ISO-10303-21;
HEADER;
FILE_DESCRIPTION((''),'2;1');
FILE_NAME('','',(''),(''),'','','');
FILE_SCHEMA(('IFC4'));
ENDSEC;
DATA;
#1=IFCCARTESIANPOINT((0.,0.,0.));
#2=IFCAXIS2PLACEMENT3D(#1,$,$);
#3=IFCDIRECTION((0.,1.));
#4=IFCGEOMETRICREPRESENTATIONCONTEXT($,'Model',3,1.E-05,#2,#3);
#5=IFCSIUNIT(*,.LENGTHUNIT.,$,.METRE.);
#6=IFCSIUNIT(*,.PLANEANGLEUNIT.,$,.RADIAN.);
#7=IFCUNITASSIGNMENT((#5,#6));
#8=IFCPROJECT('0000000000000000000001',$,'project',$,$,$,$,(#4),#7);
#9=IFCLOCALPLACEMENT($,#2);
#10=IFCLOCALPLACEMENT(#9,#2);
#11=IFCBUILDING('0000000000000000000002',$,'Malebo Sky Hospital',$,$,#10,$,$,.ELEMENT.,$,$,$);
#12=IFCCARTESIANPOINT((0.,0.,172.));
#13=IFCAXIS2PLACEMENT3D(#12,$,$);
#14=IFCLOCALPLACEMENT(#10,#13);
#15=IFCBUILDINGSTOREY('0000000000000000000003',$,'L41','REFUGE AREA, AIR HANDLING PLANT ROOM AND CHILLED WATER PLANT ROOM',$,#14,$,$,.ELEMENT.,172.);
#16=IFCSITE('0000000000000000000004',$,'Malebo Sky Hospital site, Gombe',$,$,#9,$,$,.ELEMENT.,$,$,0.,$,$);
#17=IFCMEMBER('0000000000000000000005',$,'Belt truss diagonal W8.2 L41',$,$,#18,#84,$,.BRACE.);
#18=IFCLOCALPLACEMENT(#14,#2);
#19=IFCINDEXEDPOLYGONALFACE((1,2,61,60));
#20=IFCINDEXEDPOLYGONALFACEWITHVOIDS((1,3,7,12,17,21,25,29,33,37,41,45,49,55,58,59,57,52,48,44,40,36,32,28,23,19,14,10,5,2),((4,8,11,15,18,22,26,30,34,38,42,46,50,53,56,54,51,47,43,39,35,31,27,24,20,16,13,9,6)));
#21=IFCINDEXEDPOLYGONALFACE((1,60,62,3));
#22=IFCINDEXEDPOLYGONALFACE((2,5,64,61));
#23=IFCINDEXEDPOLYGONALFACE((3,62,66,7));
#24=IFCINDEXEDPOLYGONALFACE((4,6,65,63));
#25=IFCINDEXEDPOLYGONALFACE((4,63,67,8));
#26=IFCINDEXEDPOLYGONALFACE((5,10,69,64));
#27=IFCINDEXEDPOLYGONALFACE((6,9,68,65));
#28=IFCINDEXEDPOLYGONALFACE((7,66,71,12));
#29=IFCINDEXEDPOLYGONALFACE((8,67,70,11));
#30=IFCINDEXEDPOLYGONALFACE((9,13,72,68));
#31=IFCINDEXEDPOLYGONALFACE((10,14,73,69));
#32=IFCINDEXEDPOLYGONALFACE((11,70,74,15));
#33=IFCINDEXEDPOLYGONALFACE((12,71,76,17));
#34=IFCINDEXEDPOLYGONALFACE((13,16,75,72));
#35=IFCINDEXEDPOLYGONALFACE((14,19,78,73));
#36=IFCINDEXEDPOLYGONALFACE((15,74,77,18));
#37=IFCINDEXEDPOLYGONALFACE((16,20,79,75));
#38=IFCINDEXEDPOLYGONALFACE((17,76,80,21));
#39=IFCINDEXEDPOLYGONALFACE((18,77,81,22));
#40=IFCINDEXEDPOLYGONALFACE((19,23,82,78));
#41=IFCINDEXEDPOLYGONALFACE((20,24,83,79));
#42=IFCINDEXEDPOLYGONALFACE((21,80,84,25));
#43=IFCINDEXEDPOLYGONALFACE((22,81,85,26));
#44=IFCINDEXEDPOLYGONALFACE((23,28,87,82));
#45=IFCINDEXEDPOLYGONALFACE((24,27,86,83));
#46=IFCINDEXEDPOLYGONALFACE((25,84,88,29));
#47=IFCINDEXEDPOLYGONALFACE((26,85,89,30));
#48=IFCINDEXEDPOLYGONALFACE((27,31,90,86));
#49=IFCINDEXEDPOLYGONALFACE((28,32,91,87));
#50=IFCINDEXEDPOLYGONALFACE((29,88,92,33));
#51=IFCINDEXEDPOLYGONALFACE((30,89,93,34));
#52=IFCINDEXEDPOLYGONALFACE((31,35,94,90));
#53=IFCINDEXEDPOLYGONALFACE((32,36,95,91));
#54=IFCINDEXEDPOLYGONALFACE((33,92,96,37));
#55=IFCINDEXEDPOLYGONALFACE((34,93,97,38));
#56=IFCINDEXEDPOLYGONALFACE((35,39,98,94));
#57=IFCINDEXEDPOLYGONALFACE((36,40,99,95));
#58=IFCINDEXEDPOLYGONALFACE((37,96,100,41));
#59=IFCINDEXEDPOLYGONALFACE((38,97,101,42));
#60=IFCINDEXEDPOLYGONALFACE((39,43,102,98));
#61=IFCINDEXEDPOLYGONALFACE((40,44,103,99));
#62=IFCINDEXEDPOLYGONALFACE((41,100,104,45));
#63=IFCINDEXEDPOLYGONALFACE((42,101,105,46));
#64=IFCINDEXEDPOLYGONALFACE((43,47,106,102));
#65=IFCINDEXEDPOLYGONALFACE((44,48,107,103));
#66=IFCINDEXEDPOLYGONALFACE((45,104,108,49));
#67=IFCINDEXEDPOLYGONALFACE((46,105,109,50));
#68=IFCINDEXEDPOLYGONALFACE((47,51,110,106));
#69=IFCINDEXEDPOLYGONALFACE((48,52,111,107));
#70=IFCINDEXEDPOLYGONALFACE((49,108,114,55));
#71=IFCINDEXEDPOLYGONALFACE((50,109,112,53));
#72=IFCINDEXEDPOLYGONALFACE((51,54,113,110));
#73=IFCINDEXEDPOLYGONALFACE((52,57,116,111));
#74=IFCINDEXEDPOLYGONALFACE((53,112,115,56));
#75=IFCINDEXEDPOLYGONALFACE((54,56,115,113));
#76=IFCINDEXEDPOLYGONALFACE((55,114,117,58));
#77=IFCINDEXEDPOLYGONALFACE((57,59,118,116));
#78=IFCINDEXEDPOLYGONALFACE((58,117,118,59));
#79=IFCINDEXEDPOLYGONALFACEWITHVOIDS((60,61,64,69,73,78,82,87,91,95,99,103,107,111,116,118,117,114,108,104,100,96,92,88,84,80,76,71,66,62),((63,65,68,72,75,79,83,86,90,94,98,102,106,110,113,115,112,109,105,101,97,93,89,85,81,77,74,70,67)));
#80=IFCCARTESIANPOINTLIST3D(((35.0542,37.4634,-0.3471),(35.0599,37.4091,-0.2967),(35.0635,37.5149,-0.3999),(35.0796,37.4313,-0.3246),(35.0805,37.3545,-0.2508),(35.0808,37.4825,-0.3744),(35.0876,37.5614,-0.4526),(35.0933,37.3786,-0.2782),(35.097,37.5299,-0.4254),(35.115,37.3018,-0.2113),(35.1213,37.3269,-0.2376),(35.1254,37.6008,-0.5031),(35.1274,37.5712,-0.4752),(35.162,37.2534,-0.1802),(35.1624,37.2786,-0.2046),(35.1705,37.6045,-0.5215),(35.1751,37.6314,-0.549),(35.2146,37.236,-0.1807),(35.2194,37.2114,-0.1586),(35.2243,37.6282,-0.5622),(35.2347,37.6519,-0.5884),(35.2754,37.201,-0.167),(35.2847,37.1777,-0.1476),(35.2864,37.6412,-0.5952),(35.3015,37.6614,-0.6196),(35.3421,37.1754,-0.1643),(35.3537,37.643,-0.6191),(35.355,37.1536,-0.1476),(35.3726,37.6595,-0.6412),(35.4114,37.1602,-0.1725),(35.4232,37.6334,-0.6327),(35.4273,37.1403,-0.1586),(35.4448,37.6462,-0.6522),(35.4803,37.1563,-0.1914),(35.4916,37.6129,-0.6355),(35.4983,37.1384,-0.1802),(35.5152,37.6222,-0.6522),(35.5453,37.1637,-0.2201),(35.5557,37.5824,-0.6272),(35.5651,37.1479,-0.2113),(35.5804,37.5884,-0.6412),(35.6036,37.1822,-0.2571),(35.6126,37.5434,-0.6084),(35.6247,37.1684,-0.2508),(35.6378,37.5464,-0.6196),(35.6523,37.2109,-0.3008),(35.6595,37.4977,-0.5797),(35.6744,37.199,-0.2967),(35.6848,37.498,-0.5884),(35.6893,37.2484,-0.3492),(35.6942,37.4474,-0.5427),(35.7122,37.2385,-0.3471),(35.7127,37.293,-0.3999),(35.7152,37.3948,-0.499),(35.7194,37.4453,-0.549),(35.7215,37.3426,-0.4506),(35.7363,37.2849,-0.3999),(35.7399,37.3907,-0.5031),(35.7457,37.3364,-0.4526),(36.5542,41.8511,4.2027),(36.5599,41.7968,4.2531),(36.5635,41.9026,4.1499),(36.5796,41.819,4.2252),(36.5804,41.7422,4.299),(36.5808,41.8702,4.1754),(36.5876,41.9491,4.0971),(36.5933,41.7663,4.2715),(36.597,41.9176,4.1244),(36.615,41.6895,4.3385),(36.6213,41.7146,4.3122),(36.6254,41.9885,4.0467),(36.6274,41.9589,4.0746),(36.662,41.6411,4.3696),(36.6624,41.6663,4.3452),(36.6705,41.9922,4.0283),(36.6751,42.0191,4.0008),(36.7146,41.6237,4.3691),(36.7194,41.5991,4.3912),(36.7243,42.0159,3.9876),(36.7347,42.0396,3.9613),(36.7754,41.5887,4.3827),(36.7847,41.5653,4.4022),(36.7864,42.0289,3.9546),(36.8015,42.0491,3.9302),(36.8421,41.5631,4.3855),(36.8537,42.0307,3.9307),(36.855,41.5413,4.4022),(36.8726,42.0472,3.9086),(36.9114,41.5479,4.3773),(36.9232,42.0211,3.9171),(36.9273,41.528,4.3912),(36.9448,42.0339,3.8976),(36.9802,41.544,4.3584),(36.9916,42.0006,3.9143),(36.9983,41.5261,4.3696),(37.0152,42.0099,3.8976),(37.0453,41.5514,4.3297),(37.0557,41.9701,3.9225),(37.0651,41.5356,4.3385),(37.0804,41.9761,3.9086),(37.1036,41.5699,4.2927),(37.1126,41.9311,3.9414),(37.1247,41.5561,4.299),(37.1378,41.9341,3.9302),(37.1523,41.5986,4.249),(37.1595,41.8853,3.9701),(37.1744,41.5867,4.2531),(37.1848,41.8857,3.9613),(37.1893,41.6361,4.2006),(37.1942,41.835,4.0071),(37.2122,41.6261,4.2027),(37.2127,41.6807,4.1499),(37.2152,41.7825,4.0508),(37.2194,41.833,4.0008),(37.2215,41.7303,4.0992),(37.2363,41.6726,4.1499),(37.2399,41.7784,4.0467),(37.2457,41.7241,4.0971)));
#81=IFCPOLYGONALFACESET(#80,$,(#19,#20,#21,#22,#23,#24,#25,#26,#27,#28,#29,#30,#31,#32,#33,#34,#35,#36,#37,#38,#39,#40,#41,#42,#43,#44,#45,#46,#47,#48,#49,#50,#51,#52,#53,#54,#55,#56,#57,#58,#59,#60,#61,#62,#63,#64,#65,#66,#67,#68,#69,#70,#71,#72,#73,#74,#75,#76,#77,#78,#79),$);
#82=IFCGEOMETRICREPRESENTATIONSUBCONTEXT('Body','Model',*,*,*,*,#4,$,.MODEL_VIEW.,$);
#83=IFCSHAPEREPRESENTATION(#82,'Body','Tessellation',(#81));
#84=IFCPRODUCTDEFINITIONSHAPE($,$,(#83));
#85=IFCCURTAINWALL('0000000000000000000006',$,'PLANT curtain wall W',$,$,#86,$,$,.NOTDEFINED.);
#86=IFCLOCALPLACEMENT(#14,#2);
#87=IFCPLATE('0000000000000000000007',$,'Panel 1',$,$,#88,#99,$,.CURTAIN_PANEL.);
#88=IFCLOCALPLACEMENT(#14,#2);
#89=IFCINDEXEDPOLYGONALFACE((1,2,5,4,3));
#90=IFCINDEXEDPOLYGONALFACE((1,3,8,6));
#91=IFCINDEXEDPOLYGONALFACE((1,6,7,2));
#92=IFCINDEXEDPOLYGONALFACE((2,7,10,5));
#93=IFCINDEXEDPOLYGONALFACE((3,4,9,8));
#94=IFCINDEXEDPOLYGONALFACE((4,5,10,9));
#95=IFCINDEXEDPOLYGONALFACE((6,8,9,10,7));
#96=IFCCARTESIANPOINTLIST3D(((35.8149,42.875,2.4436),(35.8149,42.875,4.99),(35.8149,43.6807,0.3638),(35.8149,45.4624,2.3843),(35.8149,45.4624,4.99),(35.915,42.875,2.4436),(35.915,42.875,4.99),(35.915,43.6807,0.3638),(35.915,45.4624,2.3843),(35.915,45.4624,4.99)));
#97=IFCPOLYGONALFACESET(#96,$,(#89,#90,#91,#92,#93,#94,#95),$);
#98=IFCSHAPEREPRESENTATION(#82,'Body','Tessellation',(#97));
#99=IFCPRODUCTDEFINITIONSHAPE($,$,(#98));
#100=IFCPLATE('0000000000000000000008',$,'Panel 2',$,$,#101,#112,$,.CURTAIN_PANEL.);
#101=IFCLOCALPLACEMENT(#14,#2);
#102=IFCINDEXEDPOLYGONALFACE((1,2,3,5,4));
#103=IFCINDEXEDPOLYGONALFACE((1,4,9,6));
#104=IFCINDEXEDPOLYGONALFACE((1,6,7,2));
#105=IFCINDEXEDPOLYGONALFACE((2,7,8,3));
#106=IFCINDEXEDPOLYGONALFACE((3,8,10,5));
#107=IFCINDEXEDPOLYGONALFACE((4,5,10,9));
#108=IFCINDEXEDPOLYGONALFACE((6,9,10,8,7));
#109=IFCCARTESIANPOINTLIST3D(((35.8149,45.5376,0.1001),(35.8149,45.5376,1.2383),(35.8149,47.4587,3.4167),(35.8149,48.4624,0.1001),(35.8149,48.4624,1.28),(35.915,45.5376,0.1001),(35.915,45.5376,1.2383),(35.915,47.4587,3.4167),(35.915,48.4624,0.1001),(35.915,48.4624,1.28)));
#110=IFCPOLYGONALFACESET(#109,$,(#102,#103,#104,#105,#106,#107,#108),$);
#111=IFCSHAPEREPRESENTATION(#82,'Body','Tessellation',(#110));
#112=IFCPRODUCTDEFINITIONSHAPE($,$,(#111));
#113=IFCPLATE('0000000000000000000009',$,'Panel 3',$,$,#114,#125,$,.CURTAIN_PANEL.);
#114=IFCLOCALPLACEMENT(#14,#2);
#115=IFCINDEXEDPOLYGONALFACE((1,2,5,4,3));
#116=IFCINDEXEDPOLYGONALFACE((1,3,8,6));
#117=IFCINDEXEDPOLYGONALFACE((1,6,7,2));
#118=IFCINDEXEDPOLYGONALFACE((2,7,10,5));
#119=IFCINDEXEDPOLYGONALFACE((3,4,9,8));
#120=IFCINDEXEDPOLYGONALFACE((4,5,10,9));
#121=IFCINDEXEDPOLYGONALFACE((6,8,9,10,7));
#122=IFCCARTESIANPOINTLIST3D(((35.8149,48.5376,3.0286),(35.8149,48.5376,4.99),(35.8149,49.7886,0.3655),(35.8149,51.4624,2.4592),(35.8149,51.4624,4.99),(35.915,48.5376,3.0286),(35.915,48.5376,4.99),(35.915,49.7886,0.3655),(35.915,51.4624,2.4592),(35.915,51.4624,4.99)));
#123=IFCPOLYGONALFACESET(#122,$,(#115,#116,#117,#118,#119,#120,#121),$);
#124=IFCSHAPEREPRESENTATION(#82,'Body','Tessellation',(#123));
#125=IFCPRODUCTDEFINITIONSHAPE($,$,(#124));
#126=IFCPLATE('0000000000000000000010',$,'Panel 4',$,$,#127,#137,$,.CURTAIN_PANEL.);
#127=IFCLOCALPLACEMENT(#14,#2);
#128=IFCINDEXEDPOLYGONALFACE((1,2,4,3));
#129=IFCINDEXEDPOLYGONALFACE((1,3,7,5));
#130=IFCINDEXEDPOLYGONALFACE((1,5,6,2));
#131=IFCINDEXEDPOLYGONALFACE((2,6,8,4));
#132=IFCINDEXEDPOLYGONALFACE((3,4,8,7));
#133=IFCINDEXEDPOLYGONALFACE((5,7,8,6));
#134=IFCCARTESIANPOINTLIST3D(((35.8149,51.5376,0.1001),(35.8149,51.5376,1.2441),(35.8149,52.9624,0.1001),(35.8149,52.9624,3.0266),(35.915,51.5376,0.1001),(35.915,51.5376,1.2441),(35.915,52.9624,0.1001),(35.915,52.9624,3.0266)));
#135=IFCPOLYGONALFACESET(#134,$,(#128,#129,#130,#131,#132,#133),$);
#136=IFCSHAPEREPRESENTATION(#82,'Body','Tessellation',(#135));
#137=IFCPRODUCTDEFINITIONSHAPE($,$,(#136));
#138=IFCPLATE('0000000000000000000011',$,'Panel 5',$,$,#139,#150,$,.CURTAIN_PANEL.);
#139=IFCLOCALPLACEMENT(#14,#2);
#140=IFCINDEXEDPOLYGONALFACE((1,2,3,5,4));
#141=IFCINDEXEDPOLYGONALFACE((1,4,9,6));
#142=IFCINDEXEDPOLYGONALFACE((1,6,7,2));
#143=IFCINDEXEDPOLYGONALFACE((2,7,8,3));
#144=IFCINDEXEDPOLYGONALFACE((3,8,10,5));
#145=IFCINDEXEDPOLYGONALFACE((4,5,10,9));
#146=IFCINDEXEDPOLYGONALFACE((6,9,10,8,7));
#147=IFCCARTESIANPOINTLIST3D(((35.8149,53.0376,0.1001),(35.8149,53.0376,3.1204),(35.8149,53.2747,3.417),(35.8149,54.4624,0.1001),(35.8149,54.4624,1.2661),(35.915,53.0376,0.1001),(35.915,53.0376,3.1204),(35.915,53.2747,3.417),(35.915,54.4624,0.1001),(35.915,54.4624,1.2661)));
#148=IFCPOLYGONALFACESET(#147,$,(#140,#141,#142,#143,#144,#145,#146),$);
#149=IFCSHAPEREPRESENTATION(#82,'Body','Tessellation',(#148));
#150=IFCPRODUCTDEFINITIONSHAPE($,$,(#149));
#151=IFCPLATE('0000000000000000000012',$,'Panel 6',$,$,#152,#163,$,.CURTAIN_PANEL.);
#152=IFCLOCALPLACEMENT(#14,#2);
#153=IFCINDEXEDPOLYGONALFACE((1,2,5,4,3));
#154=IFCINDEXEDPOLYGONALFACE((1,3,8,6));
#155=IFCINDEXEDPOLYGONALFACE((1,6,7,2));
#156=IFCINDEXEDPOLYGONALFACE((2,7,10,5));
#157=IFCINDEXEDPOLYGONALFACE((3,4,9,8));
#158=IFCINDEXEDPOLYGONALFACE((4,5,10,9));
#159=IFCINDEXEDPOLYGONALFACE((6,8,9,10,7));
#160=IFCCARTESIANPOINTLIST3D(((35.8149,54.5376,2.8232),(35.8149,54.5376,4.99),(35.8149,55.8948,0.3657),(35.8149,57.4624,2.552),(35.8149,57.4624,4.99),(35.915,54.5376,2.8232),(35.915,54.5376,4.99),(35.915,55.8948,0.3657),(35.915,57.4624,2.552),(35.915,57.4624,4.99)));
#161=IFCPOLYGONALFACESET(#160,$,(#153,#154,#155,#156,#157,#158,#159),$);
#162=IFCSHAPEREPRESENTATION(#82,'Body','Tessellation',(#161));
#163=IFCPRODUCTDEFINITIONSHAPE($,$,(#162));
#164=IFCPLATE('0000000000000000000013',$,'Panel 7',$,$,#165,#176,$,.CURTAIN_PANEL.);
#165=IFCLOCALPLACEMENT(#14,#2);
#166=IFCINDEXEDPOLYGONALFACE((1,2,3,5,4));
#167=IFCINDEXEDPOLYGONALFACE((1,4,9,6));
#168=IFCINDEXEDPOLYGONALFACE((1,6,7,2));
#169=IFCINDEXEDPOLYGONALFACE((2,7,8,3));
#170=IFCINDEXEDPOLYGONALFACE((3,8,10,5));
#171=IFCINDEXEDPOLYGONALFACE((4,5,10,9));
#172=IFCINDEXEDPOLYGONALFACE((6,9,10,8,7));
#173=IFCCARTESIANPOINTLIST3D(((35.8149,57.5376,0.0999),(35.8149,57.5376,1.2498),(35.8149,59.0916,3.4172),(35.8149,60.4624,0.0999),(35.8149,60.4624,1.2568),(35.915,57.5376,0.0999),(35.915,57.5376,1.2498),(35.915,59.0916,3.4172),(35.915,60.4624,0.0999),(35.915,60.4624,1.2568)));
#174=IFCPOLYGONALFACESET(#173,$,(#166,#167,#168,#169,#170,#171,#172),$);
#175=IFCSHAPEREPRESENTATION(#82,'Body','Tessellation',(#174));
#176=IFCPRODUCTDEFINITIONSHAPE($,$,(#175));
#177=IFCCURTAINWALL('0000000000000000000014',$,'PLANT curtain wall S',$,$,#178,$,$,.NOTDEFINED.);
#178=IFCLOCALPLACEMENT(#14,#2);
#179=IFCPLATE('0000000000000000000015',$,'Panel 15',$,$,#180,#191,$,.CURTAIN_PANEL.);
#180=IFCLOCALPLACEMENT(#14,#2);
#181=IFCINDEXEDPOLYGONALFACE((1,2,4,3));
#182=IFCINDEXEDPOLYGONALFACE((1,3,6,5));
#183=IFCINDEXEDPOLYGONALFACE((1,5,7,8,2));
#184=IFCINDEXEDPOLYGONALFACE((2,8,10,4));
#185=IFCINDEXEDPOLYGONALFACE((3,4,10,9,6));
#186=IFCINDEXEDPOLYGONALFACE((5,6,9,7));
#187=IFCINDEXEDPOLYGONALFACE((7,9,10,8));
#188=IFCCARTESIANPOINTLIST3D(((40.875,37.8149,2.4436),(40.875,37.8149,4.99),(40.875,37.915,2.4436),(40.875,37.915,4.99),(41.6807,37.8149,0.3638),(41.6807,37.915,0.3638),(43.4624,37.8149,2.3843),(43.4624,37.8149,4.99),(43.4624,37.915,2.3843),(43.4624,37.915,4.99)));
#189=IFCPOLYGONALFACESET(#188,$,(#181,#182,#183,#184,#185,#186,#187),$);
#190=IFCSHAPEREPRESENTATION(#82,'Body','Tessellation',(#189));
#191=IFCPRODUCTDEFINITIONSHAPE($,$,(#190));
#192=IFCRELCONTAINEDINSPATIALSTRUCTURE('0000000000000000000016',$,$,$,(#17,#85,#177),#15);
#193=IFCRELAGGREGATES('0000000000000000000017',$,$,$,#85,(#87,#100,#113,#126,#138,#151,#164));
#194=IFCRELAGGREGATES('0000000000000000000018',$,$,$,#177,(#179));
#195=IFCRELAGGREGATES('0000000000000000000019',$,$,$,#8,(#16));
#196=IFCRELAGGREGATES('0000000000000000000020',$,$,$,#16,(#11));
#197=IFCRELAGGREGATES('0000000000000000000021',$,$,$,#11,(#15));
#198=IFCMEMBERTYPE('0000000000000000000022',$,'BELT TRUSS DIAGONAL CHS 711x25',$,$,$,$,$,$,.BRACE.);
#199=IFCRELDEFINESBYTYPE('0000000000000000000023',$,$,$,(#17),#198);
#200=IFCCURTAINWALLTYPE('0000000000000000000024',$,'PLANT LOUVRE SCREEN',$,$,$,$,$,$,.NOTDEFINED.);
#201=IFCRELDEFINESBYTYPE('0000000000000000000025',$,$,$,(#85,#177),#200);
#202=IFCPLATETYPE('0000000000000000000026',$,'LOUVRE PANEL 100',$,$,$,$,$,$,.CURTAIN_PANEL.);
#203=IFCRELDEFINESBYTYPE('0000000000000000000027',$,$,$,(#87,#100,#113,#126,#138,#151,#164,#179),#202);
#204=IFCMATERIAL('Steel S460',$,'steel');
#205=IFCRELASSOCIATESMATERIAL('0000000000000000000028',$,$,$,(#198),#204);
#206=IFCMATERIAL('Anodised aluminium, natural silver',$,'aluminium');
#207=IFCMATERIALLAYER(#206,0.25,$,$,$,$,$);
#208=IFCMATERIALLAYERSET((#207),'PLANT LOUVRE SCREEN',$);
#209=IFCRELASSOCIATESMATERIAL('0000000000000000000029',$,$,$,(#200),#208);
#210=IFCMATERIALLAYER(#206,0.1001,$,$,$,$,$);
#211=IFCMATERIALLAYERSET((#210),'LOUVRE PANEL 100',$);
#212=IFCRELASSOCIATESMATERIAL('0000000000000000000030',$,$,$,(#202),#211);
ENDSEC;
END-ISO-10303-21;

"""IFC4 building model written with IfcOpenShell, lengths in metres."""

from ifc_helpers import new_model, si_unit, direction, frame, origin, origin_2d, place, context, subcontext, project, spatial, polyline, hollow_circle, outline, extrude, material, layer, layer_set, material_profile, profile_set, type_object, element, aggregate, save


model = new_model("IFC4")

# Units and contexts
model_context = context("Model", 3, precision=1e-05, world=origin(), true_north=direction((0.0, 1.0)))
body_context = subcontext(model_context, "Body", "Model", "MODEL_VIEW")
ifc_project = project(units=[si_unit("LENGTHUNIT", "METRE"), si_unit("PLANEANGLEUNIT", "RADIAN")], contexts=[model_context])

# Site, building, storey
site_placement = place(None, origin())
site = spatial("IfcSite", under=ifc_project, at=site_placement, Name="Malebo Sky Hospital site, Gombe", CompositionType="ELEMENT", RefElevation=0.0)
building_placement = place(site_placement, origin())
building = spatial("IfcBuilding", under=site, at=building_placement, Name="Malebo Sky Hospital", CompositionType="ELEMENT")
storey_placement = place(building_placement, frame((0.0, 0.0, 172.0)))
storey = spatial("IfcBuildingStorey", under=building, at=storey_placement, Name="L41", Description="REFUGE AREA, AIR HANDLING PLANT ROOM AND CHILLED WATER PLANT ROOM", CompositionType="ELEMENT", Elevation=172.0)

# Member
ifc_material_1 = material(Name="Steel S460", Category="steel")
ifc_material_profile = material_profile(ifc_material_1, hollow_circle(Radius=0.3555, WallThickness=0.0249, at=origin_2d()), Name="CHS 711x25")
ifc_profile_set = profile_set([ifc_material_profile], Name="Steel S460")
member_type = type_object("IfcMemberType", Name="BELT TRUSS DIAGONAL CHS 711x25", PredefinedType="BRACE", material=ifc_profile_set)
member_1_placement = place(storey_placement, frame((36.8999, 41.7876, 4.1499), z_axis=(-0.230899, -0.675409, -0.700363), x_axis=(0.946234, -0.323484, 0.0)))
element("IfcMember", 1, at=member_1_placement, inside=storey, type_object=member_type, Name="Belt truss diagonal W8.2 L41", PredefinedType="BRACE", context=body_context, shape_type="SweptSolid", body=[
    extrude(hollow_circle(Radius=0.3555, WallThickness=0.0249, at=origin_2d()), origin(), (0.0, 0.0, 1.0), 6.4963),
])

# Curtain wall, plates
ifc_material_2 = material(Name="Anodised aluminium, natural silver", Category="aluminium")
ifc_layer_1 = layer(ifc_material_2, 0.25)
ifc_layer_set_1 = layer_set([ifc_layer_1], Name="PLANT LOUVRE SCREEN")
curtain_wall_type = type_object("IfcCurtainWallType", Name="PLANT LOUVRE SCREEN", PredefinedType="NOTDEFINED", material=ifc_layer_set_1)
curtain_wall_1_placement = place(storey_placement, origin())
curtain_wall_1 = element("IfcCurtainWall", 2, at=curtain_wall_1_placement, inside=storey, type_object=curtain_wall_type, Name="PLANT curtain wall W", PredefinedType="NOTDEFINED")
ifc_layer_2 = layer(ifc_material_2, 0.1001)
ifc_layer_set_2 = layer_set([ifc_layer_2], Name="LOUVRE PANEL 100")
plate_type = type_object("IfcPlateType", Name="LOUVRE PANEL 100", PredefinedType="CURTAIN_PANEL", material=ifc_layer_set_2)
plate_1_placement = place(storey_placement, frame((35.865, 44.1687, 0.3638), z_axis=(0.0, 0.0, 1.0), x_axis=(0.0, 1.0, 0.0)))
plate_1 = element("IfcPlate", 3, at=plate_1_placement, type_object=plate_type, Name="Panel 1", PredefinedType="CURTAIN_PANEL", context=body_context, shape_type="SweptSolid", body=[
    extrude(outline(polyline([(-0.488, 0.0), (1.2937, 2.0205), (1.2937, 4.6262), (-1.2937, 4.6262), (-1.2937, 2.0798), (-0.488, 0.0)])), frame((0.0, 0.05, 0.0), z_axis=(0.0, -1.0, 0.0), x_axis=(1.0, 0.0, 0.0)), (0.0, 0.0, 1.0), 0.1001),
])
plate_2_placement = place(storey_placement, frame((35.865, 47.0, 0.1001), z_axis=(0.0, 0.0, 1.0), x_axis=(0.0, 1.0, 0.0)))
plate_2 = element("IfcPlate", 4, at=plate_2_placement, type_object=plate_type, Name="Panel 2", PredefinedType="CURTAIN_PANEL", context=body_context, shape_type="SweptSolid", body=[
    extrude(outline(polyline([(-1.4624, 0.0), (1.4624, 0.0), (1.4624, 1.1799), (0.4587, 3.3167), (-1.4624, 1.1382), (-1.4624, 0.0)])), frame((0.0, 0.05, 0.0), z_axis=(0.0, -1.0, 0.0), x_axis=(1.0, 0.0, 0.0)), (0.0, 0.0, 1.0), 0.1001),
])
plate_3_placement = place(storey_placement, frame((35.865, 50.0, 0.3655), z_axis=(0.0, 0.0, 1.0), x_axis=(0.0, 1.0, 0.0)))
plate_3 = element("IfcPlate", 5, at=plate_3_placement, type_object=plate_type, Name="Panel 3", PredefinedType="CURTAIN_PANEL", context=body_context, shape_type="SweptSolid", body=[
    extrude(outline(polyline([(-0.2114, 0.0), (1.4624, 2.0938), (1.4624, 4.6245), (-1.4624, 4.6245), (-1.4624, 2.6631), (-0.2114, 0.0)])), frame((0.0, 0.05, 0.0), z_axis=(0.0, -1.0, 0.0), x_axis=(1.0, 0.0, 0.0)), (0.0, 0.0, 1.0), 0.1001),
])
plate_4_placement = place(storey_placement, frame((35.865, 52.25, 0.1001), z_axis=(0.0, 0.0, 1.0), x_axis=(0.0, 1.0, 0.0)))
plate_4 = element("IfcPlate", 6, at=plate_4_placement, type_object=plate_type, Name="Panel 4", PredefinedType="CURTAIN_PANEL", context=body_context, shape_type="SweptSolid", body=[
    extrude(outline(polyline([(-0.7124, 0.0), (0.7124, 0.0), (0.7124, 2.9265), (-0.7124, 1.144), (-0.7124, 0.0)])), frame((0.0, 0.05, 0.0), z_axis=(0.0, -1.0, 0.0), x_axis=(1.0, 0.0, 0.0)), (0.0, 0.0, 1.0), 0.1001),
])
plate_5_placement = place(storey_placement, frame((35.865, 53.75, 0.1001), z_axis=(0.0, 0.0, 1.0), x_axis=(0.0, 1.0, 0.0)))
plate_5 = element("IfcPlate", 7, at=plate_5_placement, type_object=plate_type, Name="Panel 5", PredefinedType="CURTAIN_PANEL", context=body_context, shape_type="SweptSolid", body=[
    extrude(outline(polyline([(-0.7124, 0.0), (0.7124, 0.0), (0.7124, 1.166), (-0.4753, 3.3169), (-0.7124, 3.0203), (-0.7124, 0.0)])), frame((0.0, 0.05, 0.0), z_axis=(0.0, -1.0, 0.0), x_axis=(1.0, 0.0, 0.0)), (0.0, 0.0, 1.0), 0.1001),
])
plate_6_placement = place(storey_placement, frame((35.865, 56.0, 0.3657), z_axis=(0.0, 0.0, 1.0), x_axis=(0.0, 1.0, 0.0)))
plate_6 = element("IfcPlate", 8, at=plate_6_placement, type_object=plate_type, Name="Panel 6", PredefinedType="CURTAIN_PANEL", context=body_context, shape_type="SweptSolid", body=[
    extrude(outline(polyline([(-0.1052, 0.0), (1.4624, 2.1863), (1.4624, 4.6243), (-1.4624, 4.6243), (-1.4624, 2.4575), (-0.1052, 0.0)])), frame((0.0, 0.05, 0.0), z_axis=(0.0, -1.0, 0.0), x_axis=(1.0, 0.0, 0.0)), (0.0, 0.0, 1.0), 0.1001),
])
plate_7_placement = place(storey_placement, frame((35.865, 59.0, 0.0999), z_axis=(0.0, 0.0, 1.0), x_axis=(0.0, 1.0, 0.0)))
plate_7 = element("IfcPlate", 9, at=plate_7_placement, type_object=plate_type, Name="Panel 7", PredefinedType="CURTAIN_PANEL", context=body_context, shape_type="SweptSolid", body=[
    extrude(outline(polyline([(-1.4624, 0.0), (1.4624, 0.0), (1.4624, 1.157), (0.0916, 3.3174), (-1.4624, 1.1499), (-1.4624, 0.0)])), frame((0.0, 0.05, 0.0), z_axis=(0.0, -1.0, 0.0), x_axis=(1.0, 0.0, 0.0)), (0.0, 0.0, 1.0), 0.1001),
])
aggregate(curtain_wall_1, [plate_1, plate_2, plate_3, plate_4, plate_5, plate_6, plate_7])

# Curtain wall, plate
curtain_wall_2_placement = place(storey_placement, origin())
curtain_wall_2 = element("IfcCurtainWall", 10, at=curtain_wall_2_placement, inside=storey, type_object=curtain_wall_type, Name="PLANT curtain wall S", PredefinedType="NOTDEFINED")
plate_8_placement = place(storey_placement, frame((42.1687, 37.865, 0.3638), z_axis=(0.0, 0.0, 1.0), x_axis=(-1.0, 0.0, 0.0)))
plate_8 = element("IfcPlate", 11, at=plate_8_placement, type_object=plate_type, Name="Panel 15", PredefinedType="CURTAIN_PANEL", context=body_context, shape_type="SweptSolid", body=[
    extrude(outline(polyline([(0.488, 0.0), (1.2937, 2.0798), (1.2937, 4.6262), (-1.2937, 4.6262), (-1.2937, 2.0205), (0.488, 0.0)])), frame((0.0, 0.05, 0.0), z_axis=(0.0, -1.0, 0.0), x_axis=(1.0, 0.0, 0.0)), (0.0, 0.0, 1.0), 0.1001),
])
aggregate(curtain_wall_2, [plate_8])

save(model, "model.ifc")
